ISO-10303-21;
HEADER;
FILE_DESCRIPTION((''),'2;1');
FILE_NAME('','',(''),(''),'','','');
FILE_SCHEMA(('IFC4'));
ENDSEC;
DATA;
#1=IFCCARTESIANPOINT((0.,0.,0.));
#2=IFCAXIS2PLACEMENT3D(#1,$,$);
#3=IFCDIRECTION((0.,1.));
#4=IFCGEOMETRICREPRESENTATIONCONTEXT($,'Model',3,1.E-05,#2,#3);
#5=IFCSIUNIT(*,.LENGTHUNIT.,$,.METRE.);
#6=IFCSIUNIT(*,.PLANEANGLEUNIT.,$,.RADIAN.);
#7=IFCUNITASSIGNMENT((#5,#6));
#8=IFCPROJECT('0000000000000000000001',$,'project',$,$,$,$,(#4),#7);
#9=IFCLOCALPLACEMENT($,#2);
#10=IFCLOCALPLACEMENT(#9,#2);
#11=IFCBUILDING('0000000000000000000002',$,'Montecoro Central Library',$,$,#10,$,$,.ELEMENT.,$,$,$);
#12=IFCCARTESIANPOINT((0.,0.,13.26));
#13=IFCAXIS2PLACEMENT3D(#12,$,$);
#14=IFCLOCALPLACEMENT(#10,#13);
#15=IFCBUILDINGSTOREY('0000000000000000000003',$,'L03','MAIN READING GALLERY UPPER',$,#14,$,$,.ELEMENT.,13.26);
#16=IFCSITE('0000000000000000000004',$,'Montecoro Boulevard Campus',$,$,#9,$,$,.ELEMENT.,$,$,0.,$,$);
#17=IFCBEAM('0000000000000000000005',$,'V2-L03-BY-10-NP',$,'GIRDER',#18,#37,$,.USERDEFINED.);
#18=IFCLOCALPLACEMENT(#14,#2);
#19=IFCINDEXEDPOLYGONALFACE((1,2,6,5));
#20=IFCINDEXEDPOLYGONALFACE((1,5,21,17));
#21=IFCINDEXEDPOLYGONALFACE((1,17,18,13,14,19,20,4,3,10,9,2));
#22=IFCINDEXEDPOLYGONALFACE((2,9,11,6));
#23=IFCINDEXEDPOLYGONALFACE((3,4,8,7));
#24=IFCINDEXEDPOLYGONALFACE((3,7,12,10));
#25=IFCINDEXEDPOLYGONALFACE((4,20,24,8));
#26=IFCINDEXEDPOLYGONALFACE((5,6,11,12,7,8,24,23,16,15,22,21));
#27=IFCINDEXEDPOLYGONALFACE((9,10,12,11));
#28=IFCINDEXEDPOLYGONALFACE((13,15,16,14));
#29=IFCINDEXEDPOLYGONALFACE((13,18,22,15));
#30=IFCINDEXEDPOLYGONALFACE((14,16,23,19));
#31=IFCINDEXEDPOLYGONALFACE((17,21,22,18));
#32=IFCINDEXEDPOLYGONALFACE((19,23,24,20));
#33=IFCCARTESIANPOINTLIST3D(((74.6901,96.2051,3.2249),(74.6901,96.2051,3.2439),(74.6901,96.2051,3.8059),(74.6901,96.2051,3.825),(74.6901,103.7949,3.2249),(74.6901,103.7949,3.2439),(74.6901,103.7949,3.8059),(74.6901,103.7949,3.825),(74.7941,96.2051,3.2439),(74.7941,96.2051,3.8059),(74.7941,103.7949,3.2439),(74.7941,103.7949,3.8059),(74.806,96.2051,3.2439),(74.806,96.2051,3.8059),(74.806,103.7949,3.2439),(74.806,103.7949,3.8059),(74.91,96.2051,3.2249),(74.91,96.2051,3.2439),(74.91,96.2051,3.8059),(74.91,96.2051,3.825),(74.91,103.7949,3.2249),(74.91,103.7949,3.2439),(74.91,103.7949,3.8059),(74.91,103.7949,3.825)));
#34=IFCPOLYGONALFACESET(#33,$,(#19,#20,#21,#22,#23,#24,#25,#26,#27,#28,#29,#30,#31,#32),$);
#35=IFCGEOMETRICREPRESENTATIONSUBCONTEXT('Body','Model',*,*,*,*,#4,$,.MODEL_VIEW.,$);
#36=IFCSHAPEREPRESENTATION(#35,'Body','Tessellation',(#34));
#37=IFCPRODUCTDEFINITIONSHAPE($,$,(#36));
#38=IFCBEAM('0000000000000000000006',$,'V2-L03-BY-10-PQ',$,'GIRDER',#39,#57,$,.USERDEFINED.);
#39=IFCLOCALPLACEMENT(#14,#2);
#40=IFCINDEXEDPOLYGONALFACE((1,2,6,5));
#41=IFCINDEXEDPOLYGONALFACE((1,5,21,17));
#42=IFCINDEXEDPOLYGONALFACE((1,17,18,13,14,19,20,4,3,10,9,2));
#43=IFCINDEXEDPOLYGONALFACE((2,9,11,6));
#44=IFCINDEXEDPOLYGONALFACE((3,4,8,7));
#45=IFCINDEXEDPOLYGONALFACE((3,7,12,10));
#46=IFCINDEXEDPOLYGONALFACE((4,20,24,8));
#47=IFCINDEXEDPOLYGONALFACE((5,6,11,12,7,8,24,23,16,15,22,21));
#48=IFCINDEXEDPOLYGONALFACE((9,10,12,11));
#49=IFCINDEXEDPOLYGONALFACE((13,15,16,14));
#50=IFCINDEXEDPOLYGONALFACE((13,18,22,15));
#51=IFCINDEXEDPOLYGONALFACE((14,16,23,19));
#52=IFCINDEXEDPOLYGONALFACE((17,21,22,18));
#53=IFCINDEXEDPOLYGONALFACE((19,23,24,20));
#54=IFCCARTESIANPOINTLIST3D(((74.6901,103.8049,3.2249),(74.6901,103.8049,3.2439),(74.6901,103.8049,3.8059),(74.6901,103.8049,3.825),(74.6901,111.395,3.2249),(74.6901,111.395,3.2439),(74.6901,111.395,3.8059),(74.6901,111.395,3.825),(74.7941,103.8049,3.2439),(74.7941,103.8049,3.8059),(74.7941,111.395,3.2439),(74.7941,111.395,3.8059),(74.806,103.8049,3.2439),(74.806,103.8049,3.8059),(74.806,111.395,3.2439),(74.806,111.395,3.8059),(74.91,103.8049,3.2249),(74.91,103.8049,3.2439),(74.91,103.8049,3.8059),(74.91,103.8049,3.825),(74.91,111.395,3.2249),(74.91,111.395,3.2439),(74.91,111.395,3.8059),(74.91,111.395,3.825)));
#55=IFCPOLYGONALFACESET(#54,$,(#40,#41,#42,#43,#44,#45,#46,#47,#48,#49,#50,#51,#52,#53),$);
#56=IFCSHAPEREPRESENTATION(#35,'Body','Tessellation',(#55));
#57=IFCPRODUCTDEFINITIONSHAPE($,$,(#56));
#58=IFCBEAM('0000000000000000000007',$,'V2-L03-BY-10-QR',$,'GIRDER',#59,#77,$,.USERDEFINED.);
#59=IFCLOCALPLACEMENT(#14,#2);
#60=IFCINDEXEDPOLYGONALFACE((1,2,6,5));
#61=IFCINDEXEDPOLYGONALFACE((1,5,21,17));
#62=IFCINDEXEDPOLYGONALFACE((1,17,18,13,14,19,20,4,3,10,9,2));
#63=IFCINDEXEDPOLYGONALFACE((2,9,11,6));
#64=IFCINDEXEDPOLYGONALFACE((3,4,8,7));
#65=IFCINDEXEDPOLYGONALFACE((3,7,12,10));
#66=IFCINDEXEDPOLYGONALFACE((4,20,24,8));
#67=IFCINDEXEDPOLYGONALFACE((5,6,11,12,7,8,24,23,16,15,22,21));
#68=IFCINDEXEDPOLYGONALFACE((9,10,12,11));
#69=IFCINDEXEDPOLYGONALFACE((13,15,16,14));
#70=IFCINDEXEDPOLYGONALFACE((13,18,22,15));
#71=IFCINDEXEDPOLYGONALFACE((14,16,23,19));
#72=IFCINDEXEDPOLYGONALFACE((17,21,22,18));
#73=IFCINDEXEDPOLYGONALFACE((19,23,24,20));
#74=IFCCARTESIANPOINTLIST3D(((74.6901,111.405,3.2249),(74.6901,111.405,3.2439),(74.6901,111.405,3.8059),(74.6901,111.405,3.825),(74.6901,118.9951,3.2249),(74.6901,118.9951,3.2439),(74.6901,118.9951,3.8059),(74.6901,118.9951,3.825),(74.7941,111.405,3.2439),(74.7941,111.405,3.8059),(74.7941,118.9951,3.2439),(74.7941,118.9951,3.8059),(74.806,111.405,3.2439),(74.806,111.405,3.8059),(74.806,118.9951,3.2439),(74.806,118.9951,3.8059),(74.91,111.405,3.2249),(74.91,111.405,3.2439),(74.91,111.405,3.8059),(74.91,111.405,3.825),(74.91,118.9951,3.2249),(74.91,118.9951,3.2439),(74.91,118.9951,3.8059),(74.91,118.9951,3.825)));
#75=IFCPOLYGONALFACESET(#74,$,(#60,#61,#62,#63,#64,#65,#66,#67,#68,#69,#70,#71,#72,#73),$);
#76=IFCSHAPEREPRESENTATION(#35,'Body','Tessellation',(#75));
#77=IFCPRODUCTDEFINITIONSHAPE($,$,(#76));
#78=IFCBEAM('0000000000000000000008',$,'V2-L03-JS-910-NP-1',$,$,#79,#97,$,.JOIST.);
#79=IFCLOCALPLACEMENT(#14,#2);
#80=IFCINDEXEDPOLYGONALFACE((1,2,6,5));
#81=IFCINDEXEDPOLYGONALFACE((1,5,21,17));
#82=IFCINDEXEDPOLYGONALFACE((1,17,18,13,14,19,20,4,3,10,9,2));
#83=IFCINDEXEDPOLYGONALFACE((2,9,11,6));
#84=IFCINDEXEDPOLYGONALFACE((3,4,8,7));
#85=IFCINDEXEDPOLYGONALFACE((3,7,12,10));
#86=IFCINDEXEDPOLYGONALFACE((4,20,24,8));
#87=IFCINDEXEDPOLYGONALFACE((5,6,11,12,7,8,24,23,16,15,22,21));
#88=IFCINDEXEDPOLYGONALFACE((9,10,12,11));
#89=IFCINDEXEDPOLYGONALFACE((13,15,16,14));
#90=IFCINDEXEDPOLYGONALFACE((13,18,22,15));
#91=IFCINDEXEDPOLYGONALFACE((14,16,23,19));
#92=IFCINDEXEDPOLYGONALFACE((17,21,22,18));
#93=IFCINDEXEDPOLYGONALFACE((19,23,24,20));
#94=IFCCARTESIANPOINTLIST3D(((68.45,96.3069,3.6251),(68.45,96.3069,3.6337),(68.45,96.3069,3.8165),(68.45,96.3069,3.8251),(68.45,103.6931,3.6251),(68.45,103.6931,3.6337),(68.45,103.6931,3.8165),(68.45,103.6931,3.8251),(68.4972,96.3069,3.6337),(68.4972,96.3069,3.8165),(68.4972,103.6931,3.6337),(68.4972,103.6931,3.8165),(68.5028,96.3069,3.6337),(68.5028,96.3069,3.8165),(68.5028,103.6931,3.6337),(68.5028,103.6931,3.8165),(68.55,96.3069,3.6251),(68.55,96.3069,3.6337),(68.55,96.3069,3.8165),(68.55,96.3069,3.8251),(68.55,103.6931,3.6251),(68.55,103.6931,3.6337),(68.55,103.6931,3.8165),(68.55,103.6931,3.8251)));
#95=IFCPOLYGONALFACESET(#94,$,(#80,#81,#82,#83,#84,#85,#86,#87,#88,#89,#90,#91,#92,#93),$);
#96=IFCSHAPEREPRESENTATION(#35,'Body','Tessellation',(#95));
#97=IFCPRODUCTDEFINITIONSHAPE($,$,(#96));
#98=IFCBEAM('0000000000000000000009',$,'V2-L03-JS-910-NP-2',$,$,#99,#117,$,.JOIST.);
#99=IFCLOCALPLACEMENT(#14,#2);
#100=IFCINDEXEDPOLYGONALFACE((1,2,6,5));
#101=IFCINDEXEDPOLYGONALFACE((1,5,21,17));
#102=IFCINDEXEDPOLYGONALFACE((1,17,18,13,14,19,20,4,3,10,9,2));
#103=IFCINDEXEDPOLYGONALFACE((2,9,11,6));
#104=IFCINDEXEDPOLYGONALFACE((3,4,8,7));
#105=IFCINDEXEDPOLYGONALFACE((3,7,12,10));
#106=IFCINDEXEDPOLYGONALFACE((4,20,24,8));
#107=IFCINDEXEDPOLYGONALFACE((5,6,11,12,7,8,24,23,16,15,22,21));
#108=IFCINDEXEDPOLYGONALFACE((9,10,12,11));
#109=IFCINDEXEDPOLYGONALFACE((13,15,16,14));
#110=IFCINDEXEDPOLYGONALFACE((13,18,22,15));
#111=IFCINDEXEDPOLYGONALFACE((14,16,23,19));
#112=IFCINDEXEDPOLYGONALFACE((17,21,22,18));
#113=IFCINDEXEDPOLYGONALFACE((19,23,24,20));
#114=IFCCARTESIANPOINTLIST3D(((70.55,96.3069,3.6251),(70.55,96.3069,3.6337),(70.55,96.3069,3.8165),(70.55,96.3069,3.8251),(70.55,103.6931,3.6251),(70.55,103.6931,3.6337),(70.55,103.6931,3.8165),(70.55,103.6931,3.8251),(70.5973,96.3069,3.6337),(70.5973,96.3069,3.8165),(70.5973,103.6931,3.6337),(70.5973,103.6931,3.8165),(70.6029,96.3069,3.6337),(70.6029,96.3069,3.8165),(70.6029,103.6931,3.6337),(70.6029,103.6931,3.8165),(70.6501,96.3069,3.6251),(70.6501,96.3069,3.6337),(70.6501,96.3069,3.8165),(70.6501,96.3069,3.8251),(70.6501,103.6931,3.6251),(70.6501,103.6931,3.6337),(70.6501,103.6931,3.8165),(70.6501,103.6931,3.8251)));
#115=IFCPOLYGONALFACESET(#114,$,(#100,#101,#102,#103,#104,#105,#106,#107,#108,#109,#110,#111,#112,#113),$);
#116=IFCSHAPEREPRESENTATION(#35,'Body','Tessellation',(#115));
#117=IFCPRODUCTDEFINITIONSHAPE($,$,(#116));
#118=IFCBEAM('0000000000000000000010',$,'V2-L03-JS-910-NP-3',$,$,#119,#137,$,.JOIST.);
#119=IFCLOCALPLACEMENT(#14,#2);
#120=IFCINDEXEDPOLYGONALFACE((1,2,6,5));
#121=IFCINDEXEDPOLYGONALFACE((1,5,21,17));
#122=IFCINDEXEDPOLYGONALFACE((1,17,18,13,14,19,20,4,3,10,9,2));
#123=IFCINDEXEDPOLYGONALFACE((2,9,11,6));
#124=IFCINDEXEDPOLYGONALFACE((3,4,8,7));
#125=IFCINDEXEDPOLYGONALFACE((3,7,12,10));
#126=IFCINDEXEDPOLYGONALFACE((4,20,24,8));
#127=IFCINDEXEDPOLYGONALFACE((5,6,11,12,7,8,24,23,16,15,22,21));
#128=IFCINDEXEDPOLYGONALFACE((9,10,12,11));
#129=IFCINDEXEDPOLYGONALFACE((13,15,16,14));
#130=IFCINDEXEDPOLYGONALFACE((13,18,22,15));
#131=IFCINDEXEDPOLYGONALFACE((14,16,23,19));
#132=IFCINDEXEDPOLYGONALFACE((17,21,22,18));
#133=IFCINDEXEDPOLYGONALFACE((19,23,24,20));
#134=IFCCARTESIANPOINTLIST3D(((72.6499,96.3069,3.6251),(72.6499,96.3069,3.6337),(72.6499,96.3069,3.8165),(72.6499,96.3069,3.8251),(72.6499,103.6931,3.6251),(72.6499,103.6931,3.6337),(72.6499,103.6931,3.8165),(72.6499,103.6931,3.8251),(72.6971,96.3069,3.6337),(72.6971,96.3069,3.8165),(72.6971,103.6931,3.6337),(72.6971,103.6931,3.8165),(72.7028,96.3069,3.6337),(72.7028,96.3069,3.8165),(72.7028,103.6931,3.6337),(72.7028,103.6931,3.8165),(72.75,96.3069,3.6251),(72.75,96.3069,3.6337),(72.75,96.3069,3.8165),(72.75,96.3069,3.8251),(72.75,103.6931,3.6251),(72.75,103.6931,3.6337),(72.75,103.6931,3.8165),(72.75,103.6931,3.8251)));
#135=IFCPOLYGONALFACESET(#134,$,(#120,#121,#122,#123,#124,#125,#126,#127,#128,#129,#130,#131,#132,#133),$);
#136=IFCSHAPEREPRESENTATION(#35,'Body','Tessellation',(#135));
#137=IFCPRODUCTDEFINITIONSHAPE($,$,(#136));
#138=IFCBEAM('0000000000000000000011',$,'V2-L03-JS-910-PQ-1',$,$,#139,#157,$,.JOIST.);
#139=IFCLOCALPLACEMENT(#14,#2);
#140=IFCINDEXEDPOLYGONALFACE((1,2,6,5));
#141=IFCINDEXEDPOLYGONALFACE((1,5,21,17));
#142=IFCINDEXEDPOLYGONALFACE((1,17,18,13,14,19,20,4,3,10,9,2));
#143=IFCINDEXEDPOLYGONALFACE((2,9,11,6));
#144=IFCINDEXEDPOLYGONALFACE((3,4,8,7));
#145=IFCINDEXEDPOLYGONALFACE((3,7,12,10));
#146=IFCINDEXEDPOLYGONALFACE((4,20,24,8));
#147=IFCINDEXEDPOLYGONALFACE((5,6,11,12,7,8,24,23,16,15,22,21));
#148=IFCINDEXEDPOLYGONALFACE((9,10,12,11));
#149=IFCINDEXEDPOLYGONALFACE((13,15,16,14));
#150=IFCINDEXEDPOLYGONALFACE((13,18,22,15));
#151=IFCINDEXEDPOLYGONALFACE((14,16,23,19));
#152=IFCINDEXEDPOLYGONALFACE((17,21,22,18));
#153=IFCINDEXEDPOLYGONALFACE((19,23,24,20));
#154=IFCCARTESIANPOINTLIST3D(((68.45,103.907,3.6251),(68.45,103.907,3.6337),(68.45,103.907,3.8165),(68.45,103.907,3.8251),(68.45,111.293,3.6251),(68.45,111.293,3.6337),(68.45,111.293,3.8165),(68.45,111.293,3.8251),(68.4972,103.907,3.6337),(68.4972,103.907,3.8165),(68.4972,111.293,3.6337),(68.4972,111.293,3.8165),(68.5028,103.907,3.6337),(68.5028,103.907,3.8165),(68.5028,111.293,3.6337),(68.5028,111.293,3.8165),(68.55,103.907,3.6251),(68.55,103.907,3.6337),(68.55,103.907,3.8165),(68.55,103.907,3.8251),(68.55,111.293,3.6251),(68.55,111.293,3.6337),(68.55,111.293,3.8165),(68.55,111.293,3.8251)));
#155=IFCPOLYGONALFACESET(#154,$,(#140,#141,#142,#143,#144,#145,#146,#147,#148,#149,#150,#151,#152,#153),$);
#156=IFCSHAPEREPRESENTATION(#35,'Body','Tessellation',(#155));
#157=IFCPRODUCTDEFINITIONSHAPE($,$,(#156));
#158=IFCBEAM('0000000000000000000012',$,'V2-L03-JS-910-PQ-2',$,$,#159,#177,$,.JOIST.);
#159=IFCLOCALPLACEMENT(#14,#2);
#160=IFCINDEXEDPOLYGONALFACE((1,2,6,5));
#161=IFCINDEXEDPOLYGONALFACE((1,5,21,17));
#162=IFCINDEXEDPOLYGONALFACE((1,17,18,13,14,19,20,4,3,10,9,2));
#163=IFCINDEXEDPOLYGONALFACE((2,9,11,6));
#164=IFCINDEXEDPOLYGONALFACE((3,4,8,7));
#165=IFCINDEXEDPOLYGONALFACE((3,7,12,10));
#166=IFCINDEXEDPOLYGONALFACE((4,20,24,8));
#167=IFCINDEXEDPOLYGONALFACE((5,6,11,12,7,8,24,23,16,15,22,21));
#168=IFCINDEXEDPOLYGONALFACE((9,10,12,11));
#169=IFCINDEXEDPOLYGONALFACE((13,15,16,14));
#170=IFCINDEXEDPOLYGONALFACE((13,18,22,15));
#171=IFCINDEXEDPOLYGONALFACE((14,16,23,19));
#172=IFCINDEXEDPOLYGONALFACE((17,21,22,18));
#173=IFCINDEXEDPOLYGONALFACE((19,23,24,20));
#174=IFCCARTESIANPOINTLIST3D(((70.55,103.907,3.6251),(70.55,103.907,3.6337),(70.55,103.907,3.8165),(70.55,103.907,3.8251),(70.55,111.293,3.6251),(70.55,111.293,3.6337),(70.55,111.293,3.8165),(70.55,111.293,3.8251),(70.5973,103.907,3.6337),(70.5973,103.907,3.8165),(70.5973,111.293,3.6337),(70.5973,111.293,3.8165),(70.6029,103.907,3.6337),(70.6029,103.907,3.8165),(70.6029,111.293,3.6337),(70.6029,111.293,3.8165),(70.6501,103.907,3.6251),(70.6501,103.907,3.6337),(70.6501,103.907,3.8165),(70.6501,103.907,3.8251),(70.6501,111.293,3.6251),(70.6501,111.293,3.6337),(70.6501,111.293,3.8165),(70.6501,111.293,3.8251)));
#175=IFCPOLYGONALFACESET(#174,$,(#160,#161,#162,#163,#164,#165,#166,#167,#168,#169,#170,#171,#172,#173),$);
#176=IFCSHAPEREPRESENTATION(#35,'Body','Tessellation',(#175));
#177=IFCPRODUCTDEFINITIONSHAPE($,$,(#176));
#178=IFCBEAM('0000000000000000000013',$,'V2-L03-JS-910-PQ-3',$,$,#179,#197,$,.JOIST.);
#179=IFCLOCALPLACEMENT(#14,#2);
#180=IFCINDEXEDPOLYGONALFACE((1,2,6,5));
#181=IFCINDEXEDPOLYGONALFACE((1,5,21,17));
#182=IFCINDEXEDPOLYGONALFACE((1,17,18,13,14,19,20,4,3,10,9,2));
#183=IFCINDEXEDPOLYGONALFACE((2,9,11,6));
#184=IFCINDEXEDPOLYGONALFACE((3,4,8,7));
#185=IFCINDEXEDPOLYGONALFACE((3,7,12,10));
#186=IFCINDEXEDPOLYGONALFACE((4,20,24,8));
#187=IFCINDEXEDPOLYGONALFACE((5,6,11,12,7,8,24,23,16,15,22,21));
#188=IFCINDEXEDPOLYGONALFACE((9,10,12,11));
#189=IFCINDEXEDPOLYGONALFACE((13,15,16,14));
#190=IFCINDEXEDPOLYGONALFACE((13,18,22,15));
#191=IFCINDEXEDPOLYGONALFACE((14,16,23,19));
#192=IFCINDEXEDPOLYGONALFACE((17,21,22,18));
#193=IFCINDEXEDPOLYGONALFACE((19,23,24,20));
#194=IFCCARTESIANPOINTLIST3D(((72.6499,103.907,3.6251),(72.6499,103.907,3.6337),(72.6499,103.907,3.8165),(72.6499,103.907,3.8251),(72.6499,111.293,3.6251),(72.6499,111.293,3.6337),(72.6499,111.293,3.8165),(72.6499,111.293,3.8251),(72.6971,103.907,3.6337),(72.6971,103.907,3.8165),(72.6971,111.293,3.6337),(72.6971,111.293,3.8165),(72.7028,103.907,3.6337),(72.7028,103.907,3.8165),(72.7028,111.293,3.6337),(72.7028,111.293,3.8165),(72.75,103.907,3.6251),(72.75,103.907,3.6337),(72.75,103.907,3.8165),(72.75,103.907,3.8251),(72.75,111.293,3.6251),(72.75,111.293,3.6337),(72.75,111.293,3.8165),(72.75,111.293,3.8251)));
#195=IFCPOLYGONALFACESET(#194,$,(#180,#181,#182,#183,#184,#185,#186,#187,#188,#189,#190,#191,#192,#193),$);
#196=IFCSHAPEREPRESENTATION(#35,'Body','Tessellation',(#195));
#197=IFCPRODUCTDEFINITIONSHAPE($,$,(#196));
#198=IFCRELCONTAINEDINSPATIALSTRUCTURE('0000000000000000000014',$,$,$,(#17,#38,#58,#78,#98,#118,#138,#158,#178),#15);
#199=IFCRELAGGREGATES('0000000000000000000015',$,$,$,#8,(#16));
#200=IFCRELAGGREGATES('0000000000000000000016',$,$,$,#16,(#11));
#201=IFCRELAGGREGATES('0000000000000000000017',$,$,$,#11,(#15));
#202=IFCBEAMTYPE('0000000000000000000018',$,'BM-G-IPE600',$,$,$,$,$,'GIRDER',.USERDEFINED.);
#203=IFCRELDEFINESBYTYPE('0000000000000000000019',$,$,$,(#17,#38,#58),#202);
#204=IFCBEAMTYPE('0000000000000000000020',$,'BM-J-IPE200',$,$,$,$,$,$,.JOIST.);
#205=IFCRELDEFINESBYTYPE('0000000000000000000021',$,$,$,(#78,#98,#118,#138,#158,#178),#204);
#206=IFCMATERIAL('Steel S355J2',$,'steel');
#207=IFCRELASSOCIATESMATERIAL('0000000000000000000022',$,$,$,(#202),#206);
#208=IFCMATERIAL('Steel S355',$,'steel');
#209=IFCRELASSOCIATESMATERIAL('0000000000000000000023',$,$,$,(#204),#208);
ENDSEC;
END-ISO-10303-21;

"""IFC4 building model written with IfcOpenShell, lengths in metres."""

from ifc_helpers import new_model, si_unit, direction, frame, origin, origin_2d, place, context, subcontext, project, spatial, i_section, extrude, material, material_profile, profile_set, type_object, element, save


model = new_model("IFC4")

# Units and contexts
model_context = context("Model", 3, precision=1e-05, world=origin(), true_north=direction((0.0, 1.0)))
body_context = subcontext(model_context, "Body", "Model", "MODEL_VIEW")
ifc_project = project(units=[si_unit("LENGTHUNIT", "METRE"), si_unit("PLANEANGLEUNIT", "RADIAN")], contexts=[model_context])

# Site, building, storey
site_placement = place(None, origin())
site = spatial("IfcSite", under=ifc_project, at=site_placement, Name="Montecoro Boulevard Campus", CompositionType="ELEMENT", RefElevation=0.0)
building_placement = place(site_placement, origin())
building = spatial("IfcBuilding", under=site, at=building_placement, Name="Montecoro Central Library", CompositionType="ELEMENT")
storey_placement = place(building_placement, frame((0.0, 0.0, 13.26)))
storey = spatial("IfcBuildingStorey", under=building, at=storey_placement, Name="L03", Description="MAIN READING GALLERY UPPER", CompositionType="ELEMENT", Elevation=13.26)

# Shared definitions
ifc_material_1 = material(Name="Steel S355", Category="steel")

# Beams
ifc_material_2 = material(Name="Steel S355J2", Category="steel")
ifc_material_profile_1 = material_profile(ifc_material_2, i_section(OverallWidth=0.22, OverallDepth=0.6001, WebThickness=0.012, FlangeThickness=0.019, at=origin_2d()), Name="IPE 600")
ifc_profile_set_1 = profile_set([ifc_material_profile_1], Name="Steel S355J2")
beam_type_1 = type_object("IfcBeamType", Name="BM-G-IPE600", ElementType="GIRDER", PredefinedType="USERDEFINED", material=ifc_profile_set_1)
beam_1_placement = place(storey_placement, frame((74.8, 96.2051, 3.5249), z_axis=(0.0, 1.0, 0.0), x_axis=(-1.0, 0.0, 0.0)))
element("IfcBeam", 1, at=beam_1_placement, inside=storey, type_object=beam_type_1, Name="V2-L03-BY-10-NP", ObjectType="GIRDER", PredefinedType="USERDEFINED", context=body_context, shape_type="SweptSolid", body=[
    extrude(i_section(OverallWidth=0.22, OverallDepth=0.6001, WebThickness=0.012, FlangeThickness=0.019, at=origin_2d()), origin(), (0.0, 0.0, 1.0), 7.5898),
])
for number, where, z_axis, x_axis, name in (
    (2, (74.8, 103.8049, 3.5249), (0.0, 1.0, 0.0), (-1.0, 0.0, 0.0), "V2-L03-BY-10-PQ"),
    (3, (74.8, 111.405, 3.5249), (0.0, 1.0, 0.0), (-1.0, 0.0, 0.0), "V2-L03-BY-10-QR"),
):
    element("IfcBeam", number, at=place(storey_placement, frame(where, z_axis=z_axis, x_axis=x_axis)), inside=storey, type_object=beam_type_1, Name=name, ObjectType="GIRDER", PredefinedType="USERDEFINED", context=body_context, shape_type="SweptSolid", body=[
        extrude(i_section(OverallWidth=0.22, OverallDepth=0.6001, WebThickness=0.012, FlangeThickness=0.019, at=origin_2d()), origin(), (0.0, 0.0, 1.0), 7.5901),
    ])
ifc_material_profile_2 = material_profile(ifc_material_1, i_section(OverallWidth=0.1001, OverallDepth=0.2, WebThickness=0.0056, FlangeThickness=0.0085, at=origin_2d()), Name="IPE 200")
ifc_profile_set_2 = profile_set([ifc_material_profile_2], Name="Steel S355")
beam_type_2 = type_object("IfcBeamType", Name="BM-J-IPE200", PredefinedType="JOIST", material=ifc_profile_set_2)
for number, where, z_axis, x_axis, name in (
    (4, (68.5, 96.3069, 3.7251), (0.0, 1.0, 0.0), (-1.0, 0.0, 0.0), "V2-L03-JS-910-NP-1"),
    (5, (70.6001, 96.3069, 3.7251), (0.0, 1.0, 0.0), (-1.0, 0.0, 0.0), "V2-L03-JS-910-NP-2"),
    (6, (72.7, 96.3069, 3.7251), (0.0, 1.0, 0.0), (-1.0, 0.0, 0.0), "V2-L03-JS-910-NP-3"),
):
    element("IfcBeam", number, at=place(storey_placement, frame(where, z_axis=z_axis, x_axis=x_axis)), inside=storey, type_object=beam_type_2, Name=name, PredefinedType="JOIST", context=body_context, shape_type="SweptSolid", body=[
        extrude(i_section(OverallWidth=0.1001, OverallDepth=0.2, WebThickness=0.0056, FlangeThickness=0.0085, at=origin_2d()), origin(), (0.0, 0.0, 1.0), 7.3862),
    ])
for number, where, z_axis, x_axis, name in (
    (7, (68.5, 103.907, 3.7251), (0.0, 1.0, 0.0), (-1.0, 0.0, 0.0), "V2-L03-JS-910-PQ-1"),
    (8, (70.6001, 103.907, 3.7251), (0.0, 1.0, 0.0), (-1.0, 0.0, 0.0), "V2-L03-JS-910-PQ-2"),
    (9, (72.7, 103.907, 3.7251), (0.0, 1.0, 0.0), (-1.0, 0.0, 0.0), "V2-L03-JS-910-PQ-3"),
):
    element("IfcBeam", number, at=place(storey_placement, frame(where, z_axis=z_axis, x_axis=x_axis)), inside=storey, type_object=beam_type_2, Name=name, PredefinedType="JOIST", context=body_context, shape_type="SweptSolid", body=[
        extrude(i_section(OverallWidth=0.1001, OverallDepth=0.2, WebThickness=0.0056, FlangeThickness=0.0085, at=origin_2d()), origin(), (0.0, 0.0, 1.0), 7.386),
    ])

save(model, "model.ifc")
